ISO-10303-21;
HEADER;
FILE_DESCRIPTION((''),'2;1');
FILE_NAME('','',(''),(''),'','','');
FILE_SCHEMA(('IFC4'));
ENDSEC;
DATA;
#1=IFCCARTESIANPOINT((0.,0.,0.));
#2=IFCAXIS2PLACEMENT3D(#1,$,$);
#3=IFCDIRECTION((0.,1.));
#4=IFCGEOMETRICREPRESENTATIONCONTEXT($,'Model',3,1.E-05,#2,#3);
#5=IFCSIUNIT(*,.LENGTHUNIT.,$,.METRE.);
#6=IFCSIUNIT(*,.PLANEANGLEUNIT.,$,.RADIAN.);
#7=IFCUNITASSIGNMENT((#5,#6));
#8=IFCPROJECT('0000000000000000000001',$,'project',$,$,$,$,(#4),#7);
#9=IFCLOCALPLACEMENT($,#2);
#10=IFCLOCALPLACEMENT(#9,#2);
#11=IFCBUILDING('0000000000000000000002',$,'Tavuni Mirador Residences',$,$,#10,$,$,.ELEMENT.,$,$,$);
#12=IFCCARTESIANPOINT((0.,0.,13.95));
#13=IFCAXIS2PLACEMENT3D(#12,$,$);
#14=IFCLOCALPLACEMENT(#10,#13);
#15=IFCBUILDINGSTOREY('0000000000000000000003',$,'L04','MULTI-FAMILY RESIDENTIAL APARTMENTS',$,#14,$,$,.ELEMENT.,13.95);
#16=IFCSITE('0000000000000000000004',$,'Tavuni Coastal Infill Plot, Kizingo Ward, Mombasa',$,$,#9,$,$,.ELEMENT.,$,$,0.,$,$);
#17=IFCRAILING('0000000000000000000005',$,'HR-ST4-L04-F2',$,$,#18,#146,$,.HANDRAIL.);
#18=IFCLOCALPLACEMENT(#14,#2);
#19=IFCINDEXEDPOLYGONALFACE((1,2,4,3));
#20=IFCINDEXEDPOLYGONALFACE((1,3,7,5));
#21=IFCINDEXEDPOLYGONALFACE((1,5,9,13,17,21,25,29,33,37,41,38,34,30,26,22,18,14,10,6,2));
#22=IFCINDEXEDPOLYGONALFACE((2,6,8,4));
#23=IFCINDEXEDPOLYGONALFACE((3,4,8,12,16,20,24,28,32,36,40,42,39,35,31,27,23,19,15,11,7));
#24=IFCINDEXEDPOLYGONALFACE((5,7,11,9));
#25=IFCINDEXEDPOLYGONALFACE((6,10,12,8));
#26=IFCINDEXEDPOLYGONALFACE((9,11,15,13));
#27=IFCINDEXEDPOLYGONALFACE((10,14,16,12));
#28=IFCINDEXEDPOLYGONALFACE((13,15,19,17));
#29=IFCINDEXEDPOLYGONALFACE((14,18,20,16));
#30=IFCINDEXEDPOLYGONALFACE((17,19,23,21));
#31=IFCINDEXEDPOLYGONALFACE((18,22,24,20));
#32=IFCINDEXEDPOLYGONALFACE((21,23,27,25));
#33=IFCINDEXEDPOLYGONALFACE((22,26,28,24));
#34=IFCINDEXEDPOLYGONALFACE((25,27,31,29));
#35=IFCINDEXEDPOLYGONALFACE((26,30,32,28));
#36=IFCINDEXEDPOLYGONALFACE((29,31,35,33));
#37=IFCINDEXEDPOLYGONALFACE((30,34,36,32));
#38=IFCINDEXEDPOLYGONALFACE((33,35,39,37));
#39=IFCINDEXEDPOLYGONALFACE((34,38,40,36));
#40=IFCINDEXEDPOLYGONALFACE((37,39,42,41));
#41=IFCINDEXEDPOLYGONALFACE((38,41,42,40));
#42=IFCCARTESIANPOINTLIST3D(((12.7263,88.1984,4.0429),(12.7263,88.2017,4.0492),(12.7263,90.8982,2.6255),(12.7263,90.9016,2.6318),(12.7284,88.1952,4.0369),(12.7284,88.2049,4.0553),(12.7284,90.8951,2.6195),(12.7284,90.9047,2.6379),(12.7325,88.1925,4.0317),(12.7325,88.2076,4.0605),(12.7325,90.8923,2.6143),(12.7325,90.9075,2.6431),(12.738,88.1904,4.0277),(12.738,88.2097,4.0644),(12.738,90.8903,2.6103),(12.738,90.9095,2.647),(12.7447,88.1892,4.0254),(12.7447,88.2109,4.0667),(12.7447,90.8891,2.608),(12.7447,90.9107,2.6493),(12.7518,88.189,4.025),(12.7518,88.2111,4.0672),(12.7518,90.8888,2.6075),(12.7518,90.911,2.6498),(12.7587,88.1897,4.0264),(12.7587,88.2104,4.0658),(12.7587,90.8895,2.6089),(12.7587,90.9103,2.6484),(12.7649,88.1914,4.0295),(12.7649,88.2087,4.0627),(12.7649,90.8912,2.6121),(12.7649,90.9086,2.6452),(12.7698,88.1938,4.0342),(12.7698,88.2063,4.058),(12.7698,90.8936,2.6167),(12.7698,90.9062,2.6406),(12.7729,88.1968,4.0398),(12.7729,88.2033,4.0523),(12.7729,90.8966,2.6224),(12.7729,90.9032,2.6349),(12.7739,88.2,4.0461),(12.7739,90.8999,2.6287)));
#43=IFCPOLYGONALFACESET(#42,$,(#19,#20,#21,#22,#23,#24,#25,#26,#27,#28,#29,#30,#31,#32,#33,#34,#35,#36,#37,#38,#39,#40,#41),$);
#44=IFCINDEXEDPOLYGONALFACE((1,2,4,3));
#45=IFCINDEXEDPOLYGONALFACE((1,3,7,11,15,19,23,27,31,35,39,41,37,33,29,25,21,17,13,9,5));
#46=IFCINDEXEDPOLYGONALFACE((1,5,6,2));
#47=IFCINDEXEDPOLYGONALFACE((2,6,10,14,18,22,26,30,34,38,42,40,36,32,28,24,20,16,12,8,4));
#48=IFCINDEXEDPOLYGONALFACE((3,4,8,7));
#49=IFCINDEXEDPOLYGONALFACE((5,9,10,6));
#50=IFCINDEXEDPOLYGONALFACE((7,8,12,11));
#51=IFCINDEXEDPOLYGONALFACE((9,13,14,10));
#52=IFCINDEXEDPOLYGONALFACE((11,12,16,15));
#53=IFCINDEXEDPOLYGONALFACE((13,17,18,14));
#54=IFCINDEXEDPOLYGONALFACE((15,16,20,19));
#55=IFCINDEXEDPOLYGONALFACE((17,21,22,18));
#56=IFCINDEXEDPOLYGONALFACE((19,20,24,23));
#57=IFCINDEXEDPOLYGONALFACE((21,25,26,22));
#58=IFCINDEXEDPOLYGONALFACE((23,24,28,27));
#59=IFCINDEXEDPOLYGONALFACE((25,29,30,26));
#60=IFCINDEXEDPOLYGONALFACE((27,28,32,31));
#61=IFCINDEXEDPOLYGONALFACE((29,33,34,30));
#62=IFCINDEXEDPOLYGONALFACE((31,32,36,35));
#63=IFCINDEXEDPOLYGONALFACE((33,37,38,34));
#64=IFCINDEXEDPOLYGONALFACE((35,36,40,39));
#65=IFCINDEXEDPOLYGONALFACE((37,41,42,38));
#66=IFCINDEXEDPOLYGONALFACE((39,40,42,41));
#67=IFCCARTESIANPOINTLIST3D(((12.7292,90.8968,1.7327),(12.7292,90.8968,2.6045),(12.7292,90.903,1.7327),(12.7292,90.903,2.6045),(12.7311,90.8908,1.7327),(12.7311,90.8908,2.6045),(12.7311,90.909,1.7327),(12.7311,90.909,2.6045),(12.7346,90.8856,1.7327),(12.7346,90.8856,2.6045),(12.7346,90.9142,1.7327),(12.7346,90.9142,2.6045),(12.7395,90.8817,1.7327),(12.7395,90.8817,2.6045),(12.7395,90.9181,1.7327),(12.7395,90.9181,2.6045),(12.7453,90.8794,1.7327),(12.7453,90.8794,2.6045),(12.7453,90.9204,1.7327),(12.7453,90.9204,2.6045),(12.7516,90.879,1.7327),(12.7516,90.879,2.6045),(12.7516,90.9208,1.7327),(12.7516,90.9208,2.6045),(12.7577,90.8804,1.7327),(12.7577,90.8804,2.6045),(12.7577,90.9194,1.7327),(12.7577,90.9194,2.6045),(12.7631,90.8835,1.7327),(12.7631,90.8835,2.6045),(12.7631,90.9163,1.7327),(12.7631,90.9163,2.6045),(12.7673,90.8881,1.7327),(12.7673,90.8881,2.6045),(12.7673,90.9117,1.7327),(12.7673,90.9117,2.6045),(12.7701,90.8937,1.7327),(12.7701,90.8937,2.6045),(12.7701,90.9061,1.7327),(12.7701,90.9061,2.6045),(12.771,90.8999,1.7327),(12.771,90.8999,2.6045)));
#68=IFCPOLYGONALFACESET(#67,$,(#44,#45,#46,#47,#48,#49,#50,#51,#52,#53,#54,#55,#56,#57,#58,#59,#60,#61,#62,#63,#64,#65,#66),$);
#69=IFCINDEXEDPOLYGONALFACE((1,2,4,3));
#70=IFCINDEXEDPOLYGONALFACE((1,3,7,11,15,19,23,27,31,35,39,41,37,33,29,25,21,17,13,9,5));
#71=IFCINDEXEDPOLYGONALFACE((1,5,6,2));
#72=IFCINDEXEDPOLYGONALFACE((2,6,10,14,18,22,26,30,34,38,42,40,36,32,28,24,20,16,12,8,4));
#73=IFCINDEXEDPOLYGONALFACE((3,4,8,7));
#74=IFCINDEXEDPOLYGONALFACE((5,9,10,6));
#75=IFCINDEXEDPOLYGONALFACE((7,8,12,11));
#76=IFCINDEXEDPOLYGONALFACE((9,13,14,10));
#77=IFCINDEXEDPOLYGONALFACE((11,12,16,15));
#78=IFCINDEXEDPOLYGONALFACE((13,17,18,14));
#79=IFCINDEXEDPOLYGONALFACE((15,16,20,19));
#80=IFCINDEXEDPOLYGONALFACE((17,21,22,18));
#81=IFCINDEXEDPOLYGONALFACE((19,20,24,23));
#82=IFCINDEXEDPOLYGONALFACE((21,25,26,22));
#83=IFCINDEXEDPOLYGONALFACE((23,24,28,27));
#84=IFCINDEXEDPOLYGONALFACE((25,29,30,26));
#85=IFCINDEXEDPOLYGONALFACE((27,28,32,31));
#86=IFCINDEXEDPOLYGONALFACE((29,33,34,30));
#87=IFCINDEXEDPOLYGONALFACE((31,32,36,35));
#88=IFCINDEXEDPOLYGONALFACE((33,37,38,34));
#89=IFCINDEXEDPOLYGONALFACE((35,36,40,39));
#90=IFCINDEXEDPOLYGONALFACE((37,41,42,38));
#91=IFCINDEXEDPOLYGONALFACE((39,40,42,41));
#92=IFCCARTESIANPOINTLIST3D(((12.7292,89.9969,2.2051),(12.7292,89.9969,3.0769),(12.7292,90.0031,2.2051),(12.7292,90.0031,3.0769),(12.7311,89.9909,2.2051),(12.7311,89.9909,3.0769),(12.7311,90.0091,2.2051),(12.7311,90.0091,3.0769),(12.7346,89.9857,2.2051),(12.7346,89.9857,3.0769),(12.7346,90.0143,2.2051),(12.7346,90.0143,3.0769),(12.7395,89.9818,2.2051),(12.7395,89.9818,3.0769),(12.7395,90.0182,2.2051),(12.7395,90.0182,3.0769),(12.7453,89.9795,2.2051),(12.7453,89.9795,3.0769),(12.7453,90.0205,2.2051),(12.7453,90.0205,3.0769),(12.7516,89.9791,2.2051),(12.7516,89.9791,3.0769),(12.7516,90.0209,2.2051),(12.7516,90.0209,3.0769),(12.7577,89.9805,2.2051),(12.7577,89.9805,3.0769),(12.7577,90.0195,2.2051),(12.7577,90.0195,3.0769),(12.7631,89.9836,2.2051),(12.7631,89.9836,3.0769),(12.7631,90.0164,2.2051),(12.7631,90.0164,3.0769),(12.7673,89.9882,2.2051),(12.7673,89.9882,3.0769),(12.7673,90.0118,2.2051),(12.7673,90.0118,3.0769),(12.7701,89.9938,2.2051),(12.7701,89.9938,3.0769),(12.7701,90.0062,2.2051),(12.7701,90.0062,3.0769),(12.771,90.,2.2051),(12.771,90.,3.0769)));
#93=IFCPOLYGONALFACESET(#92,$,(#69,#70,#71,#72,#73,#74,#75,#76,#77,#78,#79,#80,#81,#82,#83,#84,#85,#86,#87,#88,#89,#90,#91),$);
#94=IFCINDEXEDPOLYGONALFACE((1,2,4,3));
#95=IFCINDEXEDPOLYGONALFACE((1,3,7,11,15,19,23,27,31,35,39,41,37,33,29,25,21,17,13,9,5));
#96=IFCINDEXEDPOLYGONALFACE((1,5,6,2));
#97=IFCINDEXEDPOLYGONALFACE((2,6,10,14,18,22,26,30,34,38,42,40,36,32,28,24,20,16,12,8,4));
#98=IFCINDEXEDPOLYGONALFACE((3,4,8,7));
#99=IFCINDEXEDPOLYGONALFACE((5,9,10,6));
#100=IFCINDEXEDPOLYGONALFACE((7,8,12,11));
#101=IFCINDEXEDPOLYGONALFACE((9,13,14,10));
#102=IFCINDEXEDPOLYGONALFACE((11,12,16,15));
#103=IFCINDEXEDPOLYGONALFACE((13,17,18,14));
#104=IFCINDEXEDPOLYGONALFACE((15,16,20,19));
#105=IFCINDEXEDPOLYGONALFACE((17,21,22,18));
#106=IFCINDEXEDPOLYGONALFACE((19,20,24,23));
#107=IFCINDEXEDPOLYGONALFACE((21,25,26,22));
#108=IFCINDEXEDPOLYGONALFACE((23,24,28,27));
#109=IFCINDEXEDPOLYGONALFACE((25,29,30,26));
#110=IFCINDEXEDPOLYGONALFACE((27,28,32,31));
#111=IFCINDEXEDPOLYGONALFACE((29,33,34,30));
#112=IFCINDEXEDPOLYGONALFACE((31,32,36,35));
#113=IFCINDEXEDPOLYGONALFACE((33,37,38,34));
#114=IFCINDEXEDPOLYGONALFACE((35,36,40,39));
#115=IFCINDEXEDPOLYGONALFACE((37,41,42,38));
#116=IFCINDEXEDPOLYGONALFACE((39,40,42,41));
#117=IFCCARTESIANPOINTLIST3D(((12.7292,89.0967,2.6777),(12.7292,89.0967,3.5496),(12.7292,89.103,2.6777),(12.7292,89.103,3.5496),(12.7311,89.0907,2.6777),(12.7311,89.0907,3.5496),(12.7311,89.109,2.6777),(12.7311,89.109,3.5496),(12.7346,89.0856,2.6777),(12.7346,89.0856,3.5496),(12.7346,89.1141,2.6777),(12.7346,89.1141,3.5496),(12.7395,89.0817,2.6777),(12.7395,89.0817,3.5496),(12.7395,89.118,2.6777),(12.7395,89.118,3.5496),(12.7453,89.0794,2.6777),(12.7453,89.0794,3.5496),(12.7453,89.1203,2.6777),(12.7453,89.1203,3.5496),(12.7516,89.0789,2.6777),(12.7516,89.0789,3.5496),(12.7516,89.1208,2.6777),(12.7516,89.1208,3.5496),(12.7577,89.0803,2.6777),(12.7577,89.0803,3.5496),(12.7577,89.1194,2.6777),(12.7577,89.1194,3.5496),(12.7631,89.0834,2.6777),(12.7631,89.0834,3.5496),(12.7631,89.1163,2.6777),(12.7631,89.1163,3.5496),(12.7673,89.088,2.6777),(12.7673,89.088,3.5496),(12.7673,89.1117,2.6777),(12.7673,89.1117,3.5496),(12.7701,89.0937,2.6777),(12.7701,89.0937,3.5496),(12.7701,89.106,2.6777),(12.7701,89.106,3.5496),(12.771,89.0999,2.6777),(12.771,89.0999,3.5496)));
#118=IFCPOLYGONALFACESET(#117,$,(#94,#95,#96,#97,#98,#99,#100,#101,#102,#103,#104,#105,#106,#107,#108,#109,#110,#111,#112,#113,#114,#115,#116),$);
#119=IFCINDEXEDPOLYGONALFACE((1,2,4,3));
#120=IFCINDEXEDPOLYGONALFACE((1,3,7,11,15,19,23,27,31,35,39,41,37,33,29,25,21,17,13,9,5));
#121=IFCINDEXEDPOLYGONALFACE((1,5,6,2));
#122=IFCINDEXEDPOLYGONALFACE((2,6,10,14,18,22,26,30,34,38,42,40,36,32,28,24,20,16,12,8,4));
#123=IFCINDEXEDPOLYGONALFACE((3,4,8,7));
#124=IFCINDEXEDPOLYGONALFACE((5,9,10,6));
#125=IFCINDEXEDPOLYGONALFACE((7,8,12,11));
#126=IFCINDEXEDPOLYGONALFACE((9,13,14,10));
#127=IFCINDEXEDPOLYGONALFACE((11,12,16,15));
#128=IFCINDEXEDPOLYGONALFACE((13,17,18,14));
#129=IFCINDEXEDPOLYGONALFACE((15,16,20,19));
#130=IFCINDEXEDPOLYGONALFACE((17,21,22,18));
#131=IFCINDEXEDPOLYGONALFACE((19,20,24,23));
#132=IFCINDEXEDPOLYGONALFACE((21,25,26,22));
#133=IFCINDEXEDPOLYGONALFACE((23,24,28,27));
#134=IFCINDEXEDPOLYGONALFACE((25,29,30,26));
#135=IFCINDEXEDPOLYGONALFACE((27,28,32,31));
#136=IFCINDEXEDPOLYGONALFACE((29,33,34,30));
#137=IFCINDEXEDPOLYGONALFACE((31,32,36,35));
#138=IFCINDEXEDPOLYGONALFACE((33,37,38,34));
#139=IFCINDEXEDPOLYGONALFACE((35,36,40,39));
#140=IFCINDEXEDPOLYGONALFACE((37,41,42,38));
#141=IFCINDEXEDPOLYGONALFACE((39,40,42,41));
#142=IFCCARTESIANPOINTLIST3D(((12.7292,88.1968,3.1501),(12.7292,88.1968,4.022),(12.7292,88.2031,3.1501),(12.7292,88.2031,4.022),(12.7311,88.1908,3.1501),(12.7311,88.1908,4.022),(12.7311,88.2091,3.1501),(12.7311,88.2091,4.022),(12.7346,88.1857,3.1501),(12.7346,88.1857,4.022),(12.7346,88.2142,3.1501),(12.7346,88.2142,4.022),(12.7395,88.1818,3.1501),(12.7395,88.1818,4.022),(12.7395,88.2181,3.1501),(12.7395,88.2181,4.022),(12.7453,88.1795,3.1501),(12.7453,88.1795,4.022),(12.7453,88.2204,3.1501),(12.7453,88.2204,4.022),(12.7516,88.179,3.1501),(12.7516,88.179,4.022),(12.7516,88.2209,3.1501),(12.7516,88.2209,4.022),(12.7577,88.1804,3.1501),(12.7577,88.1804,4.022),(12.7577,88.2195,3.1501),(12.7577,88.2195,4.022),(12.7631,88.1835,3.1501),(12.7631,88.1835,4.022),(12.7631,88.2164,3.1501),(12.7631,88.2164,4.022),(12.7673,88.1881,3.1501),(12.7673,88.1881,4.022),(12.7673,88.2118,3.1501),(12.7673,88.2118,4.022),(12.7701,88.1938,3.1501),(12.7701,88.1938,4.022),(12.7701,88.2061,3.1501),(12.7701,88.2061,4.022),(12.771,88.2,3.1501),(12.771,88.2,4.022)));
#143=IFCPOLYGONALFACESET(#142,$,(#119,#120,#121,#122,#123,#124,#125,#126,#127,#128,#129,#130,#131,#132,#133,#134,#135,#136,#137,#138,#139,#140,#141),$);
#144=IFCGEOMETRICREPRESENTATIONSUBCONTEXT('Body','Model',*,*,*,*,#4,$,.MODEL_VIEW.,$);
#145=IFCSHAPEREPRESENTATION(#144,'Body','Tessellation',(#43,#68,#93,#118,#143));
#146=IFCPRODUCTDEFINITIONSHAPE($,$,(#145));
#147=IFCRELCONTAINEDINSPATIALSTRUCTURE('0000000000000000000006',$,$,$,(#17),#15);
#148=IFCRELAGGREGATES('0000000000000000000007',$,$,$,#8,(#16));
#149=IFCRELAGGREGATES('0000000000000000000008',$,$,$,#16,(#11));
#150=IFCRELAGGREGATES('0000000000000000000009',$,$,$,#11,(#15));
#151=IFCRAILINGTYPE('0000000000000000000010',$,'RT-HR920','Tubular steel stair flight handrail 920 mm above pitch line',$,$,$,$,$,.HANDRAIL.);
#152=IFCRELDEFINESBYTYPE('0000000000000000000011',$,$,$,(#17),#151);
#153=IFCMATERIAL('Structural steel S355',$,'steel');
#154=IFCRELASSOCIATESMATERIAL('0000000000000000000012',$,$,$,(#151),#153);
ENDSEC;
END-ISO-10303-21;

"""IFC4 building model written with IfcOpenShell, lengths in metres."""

from ifc_helpers import new_model, si_unit, direction, frame, origin, origin_2d, place, context, subcontext, project, spatial, circle, extrude, material, type_object, element, save


model = new_model("IFC4")

# Units and contexts
model_context = context("Model", 3, precision=1e-05, world=origin(), true_north=direction((0.0, 1.0)))
body_context = subcontext(model_context, "Body", "Model", "MODEL_VIEW")
ifc_project = project(units=[si_unit("LENGTHUNIT", "METRE"), si_unit("PLANEANGLEUNIT", "RADIAN")], contexts=[model_context])

# Site, building, storey
site_placement = place(None, origin())
site = spatial("IfcSite", under=ifc_project, at=site_placement, Name="Tavuni Coastal Infill Plot, Kizingo Ward, Mombasa", CompositionType="ELEMENT", RefElevation=0.0)
building_placement = place(site_placement, origin())
building = spatial("IfcBuilding", under=site, at=building_placement, Name="Tavuni Mirador Residences", CompositionType="ELEMENT")
storey_placement = place(building_placement, frame((0.0, 0.0, 13.95)))
storey = spatial("IfcBuildingStorey", under=building, at=storey_placement, Name="L04", Description="MULTI-FAMILY RESIDENTIAL APARTMENTS", CompositionType="ELEMENT", Elevation=13.95)

# Shared definitions
ifc_material_1 = material(Name="Structural steel S355", Category="steel")

# Railing
railing_type_1 = type_object("IfcRailingType", Name="RT-HR920", Description="Tubular steel stair flight handrail 920 mm above pitch line", PredefinedType="HANDRAIL", material=ifc_material_1)
railing_1_placement = place(storey_placement, frame((12.75, 90.8999, 1.7327)))
element("IfcRailing", 1, at=railing_1_placement, inside=storey, type_object=railing_type_1, Name="HR-ST4-L04-F2", PredefinedType="HANDRAIL", context=body_context, shape_type="SweptSolid", body=[
    extrude(circle(Radius=0.0239, at=origin_2d()), frame((0.0, 0.0, 0.896), z_axis=(0.0, -0.885397, 0.464835), x_axis=(1.0, 0.0, 0.0)), (0.0, 0.0, 1.0), 3.0493),
    extrude(circle(Radius=0.021, at=origin_2d()), origin(), (0.0, 0.0, 1.0), 0.8718),
    extrude(circle(Radius=0.021, at=origin_2d()), frame((0.0, -0.8999, 0.4724)), (0.0, 0.0, 1.0), 0.8718),
    extrude(circle(Radius=0.021, at=origin_2d()), frame((0.0, -1.8, 0.9451)), (0.0, 0.0, 1.0), 0.8718),
    extrude(circle(Radius=0.021, at=origin_2d()), frame((0.0, -2.7, 1.4175)), (0.0, 0.0, 1.0), 0.8718),
])

save(model, "model.ifc")
